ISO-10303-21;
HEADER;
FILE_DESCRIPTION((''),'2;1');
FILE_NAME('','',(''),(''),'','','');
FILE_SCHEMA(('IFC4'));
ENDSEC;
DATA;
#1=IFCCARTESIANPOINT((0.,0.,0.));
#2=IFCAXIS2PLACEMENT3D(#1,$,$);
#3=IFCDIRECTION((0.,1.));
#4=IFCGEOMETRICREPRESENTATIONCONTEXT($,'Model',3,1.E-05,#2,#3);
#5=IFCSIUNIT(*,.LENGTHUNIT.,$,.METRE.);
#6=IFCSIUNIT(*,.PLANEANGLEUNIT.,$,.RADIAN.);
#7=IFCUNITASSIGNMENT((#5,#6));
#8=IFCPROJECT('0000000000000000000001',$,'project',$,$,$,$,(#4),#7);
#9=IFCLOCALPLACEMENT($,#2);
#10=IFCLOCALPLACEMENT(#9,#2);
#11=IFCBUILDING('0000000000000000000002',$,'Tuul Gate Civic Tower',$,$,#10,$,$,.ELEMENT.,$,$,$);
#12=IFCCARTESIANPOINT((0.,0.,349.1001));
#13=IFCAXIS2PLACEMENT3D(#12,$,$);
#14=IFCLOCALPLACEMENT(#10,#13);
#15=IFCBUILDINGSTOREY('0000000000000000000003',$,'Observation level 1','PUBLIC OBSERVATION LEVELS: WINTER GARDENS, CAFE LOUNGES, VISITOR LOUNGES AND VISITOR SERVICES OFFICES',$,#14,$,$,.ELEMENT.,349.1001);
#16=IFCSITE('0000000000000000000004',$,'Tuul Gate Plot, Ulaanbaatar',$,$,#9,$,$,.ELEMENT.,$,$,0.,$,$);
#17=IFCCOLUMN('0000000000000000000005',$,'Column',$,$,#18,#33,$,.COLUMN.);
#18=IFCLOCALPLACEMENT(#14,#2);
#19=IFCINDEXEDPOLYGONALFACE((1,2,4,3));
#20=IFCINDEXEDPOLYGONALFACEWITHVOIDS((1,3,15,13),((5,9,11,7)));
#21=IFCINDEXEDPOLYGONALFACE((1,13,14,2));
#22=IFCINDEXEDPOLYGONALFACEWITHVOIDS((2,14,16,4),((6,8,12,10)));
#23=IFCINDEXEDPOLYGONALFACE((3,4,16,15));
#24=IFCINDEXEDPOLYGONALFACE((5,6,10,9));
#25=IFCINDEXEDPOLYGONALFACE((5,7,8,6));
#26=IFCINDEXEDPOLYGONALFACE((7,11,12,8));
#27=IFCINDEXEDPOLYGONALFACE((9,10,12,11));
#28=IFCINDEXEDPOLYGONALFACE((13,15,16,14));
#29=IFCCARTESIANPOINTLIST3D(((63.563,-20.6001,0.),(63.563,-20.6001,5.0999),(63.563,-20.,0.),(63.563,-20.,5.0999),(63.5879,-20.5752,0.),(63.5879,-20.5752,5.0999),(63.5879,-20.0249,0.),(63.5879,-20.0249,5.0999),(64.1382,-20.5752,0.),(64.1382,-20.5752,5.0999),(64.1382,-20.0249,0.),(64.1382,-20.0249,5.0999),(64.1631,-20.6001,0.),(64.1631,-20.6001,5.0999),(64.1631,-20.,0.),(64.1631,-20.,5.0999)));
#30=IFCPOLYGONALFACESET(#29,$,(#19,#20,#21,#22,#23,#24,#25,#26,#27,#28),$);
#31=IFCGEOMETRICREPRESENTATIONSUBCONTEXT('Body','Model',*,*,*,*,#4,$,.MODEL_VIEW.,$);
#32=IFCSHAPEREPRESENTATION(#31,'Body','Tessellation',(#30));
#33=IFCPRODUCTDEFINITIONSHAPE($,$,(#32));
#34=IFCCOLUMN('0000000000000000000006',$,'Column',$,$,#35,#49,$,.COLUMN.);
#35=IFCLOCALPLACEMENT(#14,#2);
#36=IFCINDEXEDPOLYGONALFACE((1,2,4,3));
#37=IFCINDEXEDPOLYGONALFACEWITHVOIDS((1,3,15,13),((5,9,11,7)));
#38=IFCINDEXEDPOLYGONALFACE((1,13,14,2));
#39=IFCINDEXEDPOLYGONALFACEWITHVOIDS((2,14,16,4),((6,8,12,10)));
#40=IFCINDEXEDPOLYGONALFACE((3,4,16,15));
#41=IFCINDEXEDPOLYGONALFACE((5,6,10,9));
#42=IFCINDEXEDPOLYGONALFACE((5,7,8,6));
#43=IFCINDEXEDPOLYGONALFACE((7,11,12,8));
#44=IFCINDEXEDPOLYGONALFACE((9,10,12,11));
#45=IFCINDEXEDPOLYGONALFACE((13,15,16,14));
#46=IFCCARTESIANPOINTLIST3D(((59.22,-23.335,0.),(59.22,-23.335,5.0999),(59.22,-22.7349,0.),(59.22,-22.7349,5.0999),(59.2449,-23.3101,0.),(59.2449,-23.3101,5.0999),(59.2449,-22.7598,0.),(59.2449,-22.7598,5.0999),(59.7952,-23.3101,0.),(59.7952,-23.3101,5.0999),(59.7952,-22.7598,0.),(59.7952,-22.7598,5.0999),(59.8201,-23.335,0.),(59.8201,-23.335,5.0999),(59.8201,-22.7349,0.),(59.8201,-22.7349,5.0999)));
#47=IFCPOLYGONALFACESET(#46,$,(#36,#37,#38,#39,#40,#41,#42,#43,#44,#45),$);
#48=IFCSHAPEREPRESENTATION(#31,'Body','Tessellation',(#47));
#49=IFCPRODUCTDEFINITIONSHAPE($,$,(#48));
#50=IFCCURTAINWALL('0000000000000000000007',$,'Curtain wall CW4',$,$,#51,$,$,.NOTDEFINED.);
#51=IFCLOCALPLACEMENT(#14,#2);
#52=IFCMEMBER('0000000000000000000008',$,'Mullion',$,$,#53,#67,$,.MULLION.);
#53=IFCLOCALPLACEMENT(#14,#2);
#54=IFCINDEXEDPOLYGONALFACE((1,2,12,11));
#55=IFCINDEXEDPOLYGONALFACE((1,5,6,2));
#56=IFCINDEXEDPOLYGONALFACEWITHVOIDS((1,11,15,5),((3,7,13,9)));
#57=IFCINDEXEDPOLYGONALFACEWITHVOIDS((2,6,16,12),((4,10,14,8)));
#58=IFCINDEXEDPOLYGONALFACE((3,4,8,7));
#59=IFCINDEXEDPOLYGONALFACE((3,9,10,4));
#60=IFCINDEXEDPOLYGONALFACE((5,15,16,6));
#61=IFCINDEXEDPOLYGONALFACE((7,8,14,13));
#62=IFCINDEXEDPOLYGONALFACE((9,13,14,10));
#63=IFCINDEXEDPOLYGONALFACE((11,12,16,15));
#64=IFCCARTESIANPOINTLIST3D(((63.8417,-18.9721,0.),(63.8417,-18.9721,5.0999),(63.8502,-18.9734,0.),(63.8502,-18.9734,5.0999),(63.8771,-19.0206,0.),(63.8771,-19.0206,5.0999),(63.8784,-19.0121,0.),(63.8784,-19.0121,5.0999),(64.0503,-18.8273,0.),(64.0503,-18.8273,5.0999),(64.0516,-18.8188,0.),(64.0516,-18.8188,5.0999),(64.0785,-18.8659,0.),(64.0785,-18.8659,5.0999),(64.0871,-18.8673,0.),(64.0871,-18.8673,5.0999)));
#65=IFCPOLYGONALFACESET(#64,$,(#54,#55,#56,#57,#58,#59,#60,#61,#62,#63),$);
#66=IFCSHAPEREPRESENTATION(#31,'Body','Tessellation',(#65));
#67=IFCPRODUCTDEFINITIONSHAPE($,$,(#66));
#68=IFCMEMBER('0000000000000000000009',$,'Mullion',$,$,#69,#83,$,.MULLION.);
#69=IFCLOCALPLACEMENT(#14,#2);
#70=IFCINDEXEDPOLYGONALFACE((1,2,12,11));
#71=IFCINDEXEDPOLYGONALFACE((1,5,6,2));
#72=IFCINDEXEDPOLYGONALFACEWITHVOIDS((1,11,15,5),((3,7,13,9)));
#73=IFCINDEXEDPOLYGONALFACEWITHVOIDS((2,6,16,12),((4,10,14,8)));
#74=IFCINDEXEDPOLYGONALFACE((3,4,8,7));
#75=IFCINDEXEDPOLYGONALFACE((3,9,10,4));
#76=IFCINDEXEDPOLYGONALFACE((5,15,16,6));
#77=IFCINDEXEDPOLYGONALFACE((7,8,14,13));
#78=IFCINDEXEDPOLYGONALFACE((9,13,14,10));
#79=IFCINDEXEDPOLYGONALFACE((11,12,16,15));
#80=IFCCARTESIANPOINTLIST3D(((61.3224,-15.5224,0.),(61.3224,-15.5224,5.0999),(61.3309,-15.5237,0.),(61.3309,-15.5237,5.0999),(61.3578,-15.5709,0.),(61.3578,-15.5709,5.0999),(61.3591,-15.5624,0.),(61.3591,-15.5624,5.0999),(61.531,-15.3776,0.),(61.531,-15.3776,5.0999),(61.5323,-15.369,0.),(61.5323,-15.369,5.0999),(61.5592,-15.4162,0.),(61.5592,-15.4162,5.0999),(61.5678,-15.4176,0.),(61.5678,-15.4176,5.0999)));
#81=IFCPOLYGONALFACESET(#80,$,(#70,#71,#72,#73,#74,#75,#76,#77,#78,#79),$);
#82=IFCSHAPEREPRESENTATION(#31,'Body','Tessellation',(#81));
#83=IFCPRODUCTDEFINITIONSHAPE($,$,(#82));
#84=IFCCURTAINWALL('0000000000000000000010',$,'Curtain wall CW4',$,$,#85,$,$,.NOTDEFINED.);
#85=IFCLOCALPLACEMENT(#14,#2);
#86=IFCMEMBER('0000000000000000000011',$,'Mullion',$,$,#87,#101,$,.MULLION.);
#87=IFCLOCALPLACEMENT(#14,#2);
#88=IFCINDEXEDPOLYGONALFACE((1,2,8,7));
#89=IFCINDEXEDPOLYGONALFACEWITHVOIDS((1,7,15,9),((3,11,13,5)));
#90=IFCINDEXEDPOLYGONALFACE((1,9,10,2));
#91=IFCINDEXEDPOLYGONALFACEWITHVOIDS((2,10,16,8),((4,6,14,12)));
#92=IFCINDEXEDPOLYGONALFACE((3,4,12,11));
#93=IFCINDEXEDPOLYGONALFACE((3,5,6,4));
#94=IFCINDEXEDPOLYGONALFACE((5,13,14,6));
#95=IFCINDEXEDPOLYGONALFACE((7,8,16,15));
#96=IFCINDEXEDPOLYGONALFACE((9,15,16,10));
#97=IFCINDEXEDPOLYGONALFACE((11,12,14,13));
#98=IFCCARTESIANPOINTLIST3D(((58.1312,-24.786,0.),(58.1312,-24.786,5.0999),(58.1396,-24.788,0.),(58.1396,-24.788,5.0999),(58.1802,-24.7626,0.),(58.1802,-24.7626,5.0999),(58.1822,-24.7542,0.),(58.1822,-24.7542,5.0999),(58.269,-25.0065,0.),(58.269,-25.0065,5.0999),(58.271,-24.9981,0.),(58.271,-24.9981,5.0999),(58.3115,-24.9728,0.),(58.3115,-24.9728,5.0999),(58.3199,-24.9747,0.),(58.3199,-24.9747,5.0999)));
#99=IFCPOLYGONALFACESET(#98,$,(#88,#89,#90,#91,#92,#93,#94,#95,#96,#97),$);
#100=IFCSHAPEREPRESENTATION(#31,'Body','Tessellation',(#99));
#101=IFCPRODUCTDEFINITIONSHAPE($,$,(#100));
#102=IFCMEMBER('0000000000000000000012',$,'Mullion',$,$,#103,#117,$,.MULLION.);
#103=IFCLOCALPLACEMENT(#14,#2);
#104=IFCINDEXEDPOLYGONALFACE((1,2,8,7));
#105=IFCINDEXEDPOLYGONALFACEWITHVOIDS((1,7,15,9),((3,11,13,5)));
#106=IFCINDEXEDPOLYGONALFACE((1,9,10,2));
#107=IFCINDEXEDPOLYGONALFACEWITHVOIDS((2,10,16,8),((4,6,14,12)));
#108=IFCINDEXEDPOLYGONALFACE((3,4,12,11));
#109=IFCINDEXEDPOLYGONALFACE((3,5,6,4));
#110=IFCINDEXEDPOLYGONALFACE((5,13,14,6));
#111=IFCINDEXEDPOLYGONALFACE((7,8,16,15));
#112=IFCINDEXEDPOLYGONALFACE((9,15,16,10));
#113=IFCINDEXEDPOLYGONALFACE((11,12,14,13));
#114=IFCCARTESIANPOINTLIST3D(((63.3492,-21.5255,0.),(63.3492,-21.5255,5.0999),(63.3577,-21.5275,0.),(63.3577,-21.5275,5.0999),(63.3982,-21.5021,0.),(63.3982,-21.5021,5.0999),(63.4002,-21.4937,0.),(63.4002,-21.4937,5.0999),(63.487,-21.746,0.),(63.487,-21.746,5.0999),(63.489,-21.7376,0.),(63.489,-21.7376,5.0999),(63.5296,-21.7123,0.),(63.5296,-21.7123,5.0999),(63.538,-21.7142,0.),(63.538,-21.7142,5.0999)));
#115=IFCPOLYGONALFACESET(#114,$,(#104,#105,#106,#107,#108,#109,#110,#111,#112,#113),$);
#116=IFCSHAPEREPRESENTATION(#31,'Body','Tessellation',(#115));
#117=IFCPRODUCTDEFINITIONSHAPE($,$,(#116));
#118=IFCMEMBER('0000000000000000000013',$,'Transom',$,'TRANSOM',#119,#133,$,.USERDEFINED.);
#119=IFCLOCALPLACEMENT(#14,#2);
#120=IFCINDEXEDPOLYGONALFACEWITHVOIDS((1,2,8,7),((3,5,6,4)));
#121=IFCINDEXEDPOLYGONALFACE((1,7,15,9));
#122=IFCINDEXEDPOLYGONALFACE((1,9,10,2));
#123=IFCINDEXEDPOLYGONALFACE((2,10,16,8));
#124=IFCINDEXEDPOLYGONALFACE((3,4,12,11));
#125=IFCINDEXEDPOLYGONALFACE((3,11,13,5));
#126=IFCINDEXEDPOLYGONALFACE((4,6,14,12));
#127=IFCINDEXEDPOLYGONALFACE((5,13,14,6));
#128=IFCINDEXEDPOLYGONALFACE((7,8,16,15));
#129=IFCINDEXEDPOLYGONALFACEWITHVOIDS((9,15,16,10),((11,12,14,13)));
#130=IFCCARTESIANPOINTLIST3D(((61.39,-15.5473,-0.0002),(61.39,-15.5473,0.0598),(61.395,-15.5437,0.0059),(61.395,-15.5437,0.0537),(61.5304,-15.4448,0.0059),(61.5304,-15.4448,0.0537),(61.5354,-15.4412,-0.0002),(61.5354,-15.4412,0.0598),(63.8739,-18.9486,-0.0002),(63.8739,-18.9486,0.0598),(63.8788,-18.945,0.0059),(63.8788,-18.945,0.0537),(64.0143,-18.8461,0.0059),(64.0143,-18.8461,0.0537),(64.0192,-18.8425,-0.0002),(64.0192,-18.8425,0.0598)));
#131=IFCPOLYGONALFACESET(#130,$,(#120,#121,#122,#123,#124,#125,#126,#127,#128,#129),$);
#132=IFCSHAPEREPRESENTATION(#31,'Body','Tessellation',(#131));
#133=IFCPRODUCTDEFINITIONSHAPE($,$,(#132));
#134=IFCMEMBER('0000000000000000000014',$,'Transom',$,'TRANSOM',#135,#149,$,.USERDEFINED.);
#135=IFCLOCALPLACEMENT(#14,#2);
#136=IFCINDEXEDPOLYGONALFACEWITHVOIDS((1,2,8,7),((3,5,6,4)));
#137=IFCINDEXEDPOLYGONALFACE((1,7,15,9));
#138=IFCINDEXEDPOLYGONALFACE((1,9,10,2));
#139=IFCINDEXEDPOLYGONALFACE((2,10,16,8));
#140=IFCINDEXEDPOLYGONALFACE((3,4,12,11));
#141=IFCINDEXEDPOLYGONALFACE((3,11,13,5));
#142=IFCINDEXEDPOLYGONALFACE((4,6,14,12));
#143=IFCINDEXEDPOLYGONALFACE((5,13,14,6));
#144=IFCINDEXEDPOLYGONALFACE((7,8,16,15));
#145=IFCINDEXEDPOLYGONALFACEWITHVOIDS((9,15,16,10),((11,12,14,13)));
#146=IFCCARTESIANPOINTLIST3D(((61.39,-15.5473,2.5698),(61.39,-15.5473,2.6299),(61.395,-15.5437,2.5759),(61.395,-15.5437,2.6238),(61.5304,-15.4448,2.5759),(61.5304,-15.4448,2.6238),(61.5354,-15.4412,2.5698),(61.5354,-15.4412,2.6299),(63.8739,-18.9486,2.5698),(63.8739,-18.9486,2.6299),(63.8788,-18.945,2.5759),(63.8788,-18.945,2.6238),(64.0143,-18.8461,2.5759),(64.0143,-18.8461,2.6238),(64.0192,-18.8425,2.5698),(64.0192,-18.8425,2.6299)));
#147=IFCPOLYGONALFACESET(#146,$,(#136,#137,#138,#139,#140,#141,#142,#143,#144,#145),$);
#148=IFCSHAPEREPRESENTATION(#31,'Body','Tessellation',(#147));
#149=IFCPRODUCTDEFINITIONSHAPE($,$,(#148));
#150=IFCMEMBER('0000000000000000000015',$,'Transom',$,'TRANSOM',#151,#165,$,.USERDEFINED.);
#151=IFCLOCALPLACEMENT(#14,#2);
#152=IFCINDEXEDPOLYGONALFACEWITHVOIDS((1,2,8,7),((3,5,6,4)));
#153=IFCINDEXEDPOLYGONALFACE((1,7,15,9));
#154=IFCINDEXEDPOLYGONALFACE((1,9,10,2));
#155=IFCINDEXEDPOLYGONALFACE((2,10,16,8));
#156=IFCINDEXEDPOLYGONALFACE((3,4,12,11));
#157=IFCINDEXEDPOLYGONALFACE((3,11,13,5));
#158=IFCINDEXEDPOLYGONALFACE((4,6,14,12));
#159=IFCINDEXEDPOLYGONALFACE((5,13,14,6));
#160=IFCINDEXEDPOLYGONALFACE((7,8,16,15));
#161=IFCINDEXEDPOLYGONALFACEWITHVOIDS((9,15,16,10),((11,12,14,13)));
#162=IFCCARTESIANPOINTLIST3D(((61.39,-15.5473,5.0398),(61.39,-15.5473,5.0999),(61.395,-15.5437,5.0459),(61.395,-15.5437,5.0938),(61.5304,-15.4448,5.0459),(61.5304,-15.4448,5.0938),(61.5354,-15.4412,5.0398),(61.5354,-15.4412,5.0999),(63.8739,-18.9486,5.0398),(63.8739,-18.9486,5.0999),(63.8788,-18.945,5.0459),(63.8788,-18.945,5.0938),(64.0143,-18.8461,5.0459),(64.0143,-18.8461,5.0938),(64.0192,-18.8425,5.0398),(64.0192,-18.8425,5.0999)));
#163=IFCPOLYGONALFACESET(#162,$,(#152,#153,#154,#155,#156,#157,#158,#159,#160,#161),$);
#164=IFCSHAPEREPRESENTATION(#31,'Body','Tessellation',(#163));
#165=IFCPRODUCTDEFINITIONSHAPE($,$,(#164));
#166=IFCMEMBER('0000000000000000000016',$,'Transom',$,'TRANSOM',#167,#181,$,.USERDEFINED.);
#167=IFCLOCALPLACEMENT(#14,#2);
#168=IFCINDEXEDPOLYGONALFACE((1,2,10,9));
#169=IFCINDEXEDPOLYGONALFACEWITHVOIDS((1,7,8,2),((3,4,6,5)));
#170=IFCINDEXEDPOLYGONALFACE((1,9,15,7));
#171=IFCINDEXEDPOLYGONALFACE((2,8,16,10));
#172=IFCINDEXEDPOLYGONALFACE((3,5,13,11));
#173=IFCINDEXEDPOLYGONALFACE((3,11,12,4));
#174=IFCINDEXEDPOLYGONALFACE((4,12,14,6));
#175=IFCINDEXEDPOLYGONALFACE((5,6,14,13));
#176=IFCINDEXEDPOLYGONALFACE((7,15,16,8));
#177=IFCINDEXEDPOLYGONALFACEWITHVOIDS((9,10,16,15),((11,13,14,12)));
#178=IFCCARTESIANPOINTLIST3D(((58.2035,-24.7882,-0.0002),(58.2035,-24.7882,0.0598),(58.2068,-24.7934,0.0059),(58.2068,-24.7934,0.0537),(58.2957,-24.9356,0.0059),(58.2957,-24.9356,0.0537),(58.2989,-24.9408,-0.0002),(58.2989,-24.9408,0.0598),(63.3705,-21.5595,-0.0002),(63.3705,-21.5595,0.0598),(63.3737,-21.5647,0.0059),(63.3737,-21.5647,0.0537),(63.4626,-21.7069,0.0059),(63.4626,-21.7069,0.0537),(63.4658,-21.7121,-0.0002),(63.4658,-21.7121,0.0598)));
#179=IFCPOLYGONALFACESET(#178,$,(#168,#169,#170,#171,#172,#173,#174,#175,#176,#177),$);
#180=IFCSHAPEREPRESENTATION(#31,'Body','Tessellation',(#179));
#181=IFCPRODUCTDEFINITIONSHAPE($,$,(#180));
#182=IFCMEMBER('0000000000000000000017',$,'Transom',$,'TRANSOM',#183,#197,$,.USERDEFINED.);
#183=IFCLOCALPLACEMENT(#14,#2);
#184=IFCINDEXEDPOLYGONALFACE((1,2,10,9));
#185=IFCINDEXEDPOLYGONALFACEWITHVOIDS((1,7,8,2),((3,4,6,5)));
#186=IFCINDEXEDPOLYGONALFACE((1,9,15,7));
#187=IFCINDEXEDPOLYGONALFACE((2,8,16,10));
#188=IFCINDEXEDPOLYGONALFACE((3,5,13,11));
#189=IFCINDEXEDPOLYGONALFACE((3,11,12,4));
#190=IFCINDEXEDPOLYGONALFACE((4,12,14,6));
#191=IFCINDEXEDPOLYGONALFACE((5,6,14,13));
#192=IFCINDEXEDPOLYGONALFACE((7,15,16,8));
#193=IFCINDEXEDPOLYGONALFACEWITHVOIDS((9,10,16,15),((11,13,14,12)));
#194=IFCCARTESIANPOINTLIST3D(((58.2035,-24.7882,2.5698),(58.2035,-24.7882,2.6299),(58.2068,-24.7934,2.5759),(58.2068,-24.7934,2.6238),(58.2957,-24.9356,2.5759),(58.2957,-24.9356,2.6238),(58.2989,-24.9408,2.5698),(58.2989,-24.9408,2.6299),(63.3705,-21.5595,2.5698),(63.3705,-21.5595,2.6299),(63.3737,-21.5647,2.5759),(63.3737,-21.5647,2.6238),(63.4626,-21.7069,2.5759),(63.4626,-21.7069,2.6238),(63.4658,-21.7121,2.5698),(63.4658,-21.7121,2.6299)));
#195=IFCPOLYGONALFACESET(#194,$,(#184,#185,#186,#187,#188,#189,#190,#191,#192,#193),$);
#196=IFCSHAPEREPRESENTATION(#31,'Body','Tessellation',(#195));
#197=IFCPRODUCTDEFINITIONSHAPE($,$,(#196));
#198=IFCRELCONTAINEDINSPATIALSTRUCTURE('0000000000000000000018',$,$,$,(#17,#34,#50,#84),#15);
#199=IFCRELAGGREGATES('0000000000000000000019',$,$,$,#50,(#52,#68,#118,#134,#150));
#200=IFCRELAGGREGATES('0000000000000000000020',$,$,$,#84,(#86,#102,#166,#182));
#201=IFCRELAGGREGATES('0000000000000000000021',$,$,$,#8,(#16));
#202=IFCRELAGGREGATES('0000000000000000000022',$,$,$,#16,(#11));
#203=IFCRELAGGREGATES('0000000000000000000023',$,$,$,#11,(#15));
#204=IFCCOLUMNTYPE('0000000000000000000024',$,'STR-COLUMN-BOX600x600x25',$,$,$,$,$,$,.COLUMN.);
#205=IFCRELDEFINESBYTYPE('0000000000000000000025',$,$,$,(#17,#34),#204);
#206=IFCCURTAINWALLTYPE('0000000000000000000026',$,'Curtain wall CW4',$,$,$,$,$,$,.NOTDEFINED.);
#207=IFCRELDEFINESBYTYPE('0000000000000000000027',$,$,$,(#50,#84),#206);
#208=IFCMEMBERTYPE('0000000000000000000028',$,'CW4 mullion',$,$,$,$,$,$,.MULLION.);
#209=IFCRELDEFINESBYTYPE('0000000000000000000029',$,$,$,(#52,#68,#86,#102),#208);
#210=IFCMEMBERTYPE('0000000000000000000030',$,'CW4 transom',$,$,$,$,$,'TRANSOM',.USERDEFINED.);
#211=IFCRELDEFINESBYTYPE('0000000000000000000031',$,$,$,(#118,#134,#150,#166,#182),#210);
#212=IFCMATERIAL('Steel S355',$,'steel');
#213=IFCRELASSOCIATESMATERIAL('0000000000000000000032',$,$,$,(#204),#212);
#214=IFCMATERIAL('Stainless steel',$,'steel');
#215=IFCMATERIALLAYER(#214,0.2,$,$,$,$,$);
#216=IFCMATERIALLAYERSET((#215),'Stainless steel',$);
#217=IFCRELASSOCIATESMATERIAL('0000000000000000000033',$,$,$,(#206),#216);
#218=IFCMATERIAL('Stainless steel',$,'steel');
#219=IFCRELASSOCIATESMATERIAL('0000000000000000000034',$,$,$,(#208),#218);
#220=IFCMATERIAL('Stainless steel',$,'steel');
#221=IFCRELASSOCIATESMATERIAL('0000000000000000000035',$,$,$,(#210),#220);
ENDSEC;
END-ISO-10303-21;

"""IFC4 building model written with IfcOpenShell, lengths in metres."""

from ifc_helpers import new_model, si_unit, direction, frame, origin, origin_2d, place, context, subcontext, project, spatial, hollow_rectangle, extrude, material, layer, layer_set, material_profile, profile_set, type_object, element, aggregate, save


model = new_model("IFC4")

# Units and contexts
model_context = context("Model", 3, precision=1e-05, world=origin(), true_north=direction((0.0, 1.0)))
body_context = subcontext(model_context, "Body", "Model", "MODEL_VIEW")
ifc_project = project(units=[si_unit("LENGTHUNIT", "METRE"), si_unit("PLANEANGLEUNIT", "RADIAN")], contexts=[model_context])

# Site, building, storey
site_placement = place(None, origin())
site = spatial("IfcSite", under=ifc_project, at=site_placement, Name="Tuul Gate Plot, Ulaanbaatar", CompositionType="ELEMENT", RefElevation=0.0)
building_placement = place(site_placement, origin())
building = spatial("IfcBuilding", under=site, at=building_placement, Name="Tuul Gate Civic Tower", CompositionType="ELEMENT")
storey_placement = place(building_placement, frame((0.0, 0.0, 349.1001)))
storey = spatial("IfcBuildingStorey", under=building, at=storey_placement, Name="Observation level 1", Description="PUBLIC OBSERVATION LEVELS: WINTER GARDENS, CAFE LOUNGES, VISITOR LOUNGES AND VISITOR SERVICES OFFICES", CompositionType="ELEMENT", Elevation=349.1001)

# Columns
ifc_material_1 = material(Name="Steel S355", Category="steel")
ifc_material_profile_1 = material_profile(ifc_material_1, hollow_rectangle(XDim=0.6001, YDim=0.6001, WallThickness=0.0249, at=origin_2d()), Name="BOX600x600x25")
ifc_profile_set_1 = profile_set([ifc_material_profile_1], Name="Steel S355")
column_type = type_object("IfcColumnType", Name="STR-COLUMN-BOX600x600x25", PredefinedType="COLUMN", material=ifc_profile_set_1)
for number, where, z_axis, x_axis, name in (
    (1, (63.863, -20.3, 0.0), (0.0, 0.0, 1.0), (1.0, 0.0, 0.0), "Column"),
    (2, (59.52, -23.0349, 0.0), (0.0, 0.0, 1.0), (1.0, 0.0, 0.0), "Column"),
):
    element("IfcColumn", number, at=place(storey_placement, frame(where, z_axis=z_axis, x_axis=x_axis)), inside=storey, type_object=column_type, Name=name, PredefinedType="COLUMN", context=body_context, shape_type="SweptSolid", body=[
        extrude(hollow_rectangle(XDim=0.6001, YDim=0.6001, WallThickness=0.0249, at=origin_2d()), origin(), (0.0, 0.0, 1.0), 5.0999),
    ])

# Curtain walls, members
ifc_material_2 = material(Name="Stainless steel", Category="steel")
ifc_layer_1 = layer(ifc_material_2, 0.2)
ifc_layer_set_1 = layer_set([ifc_layer_1], Name="Stainless steel")
curtain_wall_type = type_object("IfcCurtainWallType", Name="Curtain wall CW4", PredefinedType="NOTDEFINED", material=ifc_layer_set_1)
curtain_wall_1_placement = place(storey_placement, origin())
curtain_wall_1 = element("IfcCurtainWall", 3, at=curtain_wall_1_placement, inside=storey, type_object=curtain_wall_type, Name="Curtain wall CW4", PredefinedType="NOTDEFINED")
ifc_material_3 = material(Name="Stainless steel", Category="steel")
ifc_material_profile_2 = material_profile(ifc_material_3, hollow_rectangle(XDim=0.26, YDim=0.0601, WallThickness=0.0061, at=origin_2d()), Name="CW4 mullion")
ifc_profile_set_2 = profile_set([ifc_material_profile_2], Name="Stainless steel")
member_type_1 = type_object("IfcMemberType", Name="CW4 mullion", PredefinedType="MULLION", material=ifc_profile_set_2)
member_1_placement = place(storey_placement, frame((63.9644, -18.9197, 0.0), z_axis=(0.0, 0.0, 1.0), x_axis=(-0.807578, -0.58976, 0.0)))
member_1 = element("IfcMember", 4, at=member_1_placement, type_object=member_type_1, Name="Mullion", PredefinedType="MULLION", context=body_context, shape_type="SweptSolid", body=[
    extrude(hollow_rectangle(XDim=0.26, YDim=0.0601, WallThickness=0.0061, at=origin_2d()), origin(), (0.0, 0.0, 1.0), 5.0999),
])
member_2_placement = place(storey_placement, frame((61.4451, -15.47, 0.0), z_axis=(0.0, 0.0, 1.0), x_axis=(-0.807578, -0.58976, 0.0)))
member_2 = element("IfcMember", 5, at=member_2_placement, type_object=member_type_1, Name="Mullion", PredefinedType="MULLION", context=body_context, shape_type="SweptSolid", body=[
    extrude(hollow_rectangle(XDim=0.26, YDim=0.0601, WallThickness=0.0061, at=origin_2d()), origin(), (0.0, 0.0, 1.0), 5.0999),
])
curtain_wall_2_placement = place(storey_placement, origin())
curtain_wall_2 = element("IfcCurtainWall", 6, at=curtain_wall_2_placement, inside=storey, type_object=curtain_wall_type, Name="Curtain wall CW4", PredefinedType="NOTDEFINED")
member_3_placement = place(storey_placement, frame((58.2256, -24.8804, 0.0), z_axis=(0.0, 0.0, 1.0), x_axis=(-0.529912, 0.848053, 0.0)))
member_3 = element("IfcMember", 7, at=member_3_placement, type_object=member_type_1, Name="Mullion", PredefinedType="MULLION", context=body_context, shape_type="SweptSolid", body=[
    extrude(hollow_rectangle(XDim=0.26, YDim=0.0601, WallThickness=0.0061, at=origin_2d()), origin(), (0.0, 0.0, 1.0), 5.0999),
])
member_4_placement = place(storey_placement, frame((63.4436, -21.6199, 0.0), z_axis=(0.0, 0.0, 1.0), x_axis=(-0.529912, 0.848053, 0.0)))
member_4 = element("IfcMember", 8, at=member_4_placement, type_object=member_type_1, Name="Mullion", PredefinedType="MULLION", context=body_context, shape_type="SweptSolid", body=[
    extrude(hollow_rectangle(XDim=0.26, YDim=0.0601, WallThickness=0.0061, at=origin_2d()), origin(), (0.0, 0.0, 1.0), 5.0999),
])

# Members
ifc_material_4 = material(Name="Stainless steel", Category="steel")
ifc_material_profile_3 = material_profile(ifc_material_4, hollow_rectangle(XDim=0.1799, YDim=0.0601, WallThickness=0.0061, at=origin_2d()), Name="CW4 transom")
ifc_profile_set_3 = profile_set([ifc_material_profile_3], Name="Stainless steel")
member_type_2 = type_object("IfcMemberType", Name="CW4 transom", ElementType="TRANSOM", PredefinedType="USERDEFINED", material=ifc_profile_set_3)
member_5_placement = place(storey_placement, frame((63.9465, -18.8955, 0.0298), z_axis=(-0.589749, 0.807586, 0.0), x_axis=(-0.807586, -0.589749, 0.0)))
member_5 = element("IfcMember", 9, at=member_5_placement, type_object=member_type_2, Name="Transom", ObjectType="TRANSOM", PredefinedType="USERDEFINED", context=body_context, shape_type="SweptSolid", body=[
    extrude(hollow_rectangle(XDim=0.1799, YDim=0.0601, WallThickness=0.0061, at=origin_2d()), origin(), (0.0, 0.0, 1.0), 4.2117),
])
member_6_placement = place(storey_placement, frame((63.9465, -18.8955, 2.5999), z_axis=(-0.589749, 0.807586, 0.0), x_axis=(-0.807586, -0.589749, 0.0)))
member_6 = element("IfcMember", 10, at=member_6_placement, type_object=member_type_2, Name="Transom", ObjectType="TRANSOM", PredefinedType="USERDEFINED", context=body_context, shape_type="SweptSolid", body=[
    extrude(hollow_rectangle(XDim=0.1799, YDim=0.0601, WallThickness=0.0061, at=origin_2d()), origin(), (0.0, 0.0, 1.0), 4.2117),
])
member_7_placement = place(storey_placement, frame((63.9465, -18.8955, 5.0698), z_axis=(-0.589749, 0.807586, 0.0), x_axis=(-0.807586, -0.589749, 0.0)))
member_7 = element("IfcMember", 11, at=member_7_placement, type_object=member_type_2, Name="Transom", ObjectType="TRANSOM", PredefinedType="USERDEFINED", context=body_context, shape_type="SweptSolid", body=[
    extrude(hollow_rectangle(XDim=0.1799, YDim=0.0601, WallThickness=0.0061, at=origin_2d()), origin(), (0.0, 0.0, 1.0), 4.2117),
])
member_8_placement = place(storey_placement, frame((58.2512, -24.8645, 0.0298), z_axis=(0.848043, 0.529927, 0.0), x_axis=(-0.529927, 0.848043, 0.0)))
member_8 = element("IfcMember", 12, at=member_8_placement, type_object=member_type_2, Name="Transom", ObjectType="TRANSOM", PredefinedType="USERDEFINED", context=body_context, shape_type="SweptSolid", body=[
    extrude(hollow_rectangle(XDim=0.1799, YDim=0.0601, WallThickness=0.0061, at=origin_2d()), origin(), (0.0, 0.0, 1.0), 6.0928),
])
member_9_placement = place(storey_placement, frame((58.2512, -24.8645, 2.5999), z_axis=(0.848043, 0.529927, 0.0), x_axis=(-0.529927, 0.848043, 0.0)))
member_9 = element("IfcMember", 13, at=member_9_placement, type_object=member_type_2, Name="Transom", ObjectType="TRANSOM", PredefinedType="USERDEFINED", context=body_context, shape_type="SweptSolid", body=[
    extrude(hollow_rectangle(XDim=0.1799, YDim=0.0601, WallThickness=0.0061, at=origin_2d()), origin(), (0.0, 0.0, 1.0), 6.0928),
])

aggregate(curtain_wall_1, [member_1, member_2, member_5, member_6, member_7])
aggregate(curtain_wall_2, [member_3, member_4, member_8, member_9])

save(model, "model.ifc")
